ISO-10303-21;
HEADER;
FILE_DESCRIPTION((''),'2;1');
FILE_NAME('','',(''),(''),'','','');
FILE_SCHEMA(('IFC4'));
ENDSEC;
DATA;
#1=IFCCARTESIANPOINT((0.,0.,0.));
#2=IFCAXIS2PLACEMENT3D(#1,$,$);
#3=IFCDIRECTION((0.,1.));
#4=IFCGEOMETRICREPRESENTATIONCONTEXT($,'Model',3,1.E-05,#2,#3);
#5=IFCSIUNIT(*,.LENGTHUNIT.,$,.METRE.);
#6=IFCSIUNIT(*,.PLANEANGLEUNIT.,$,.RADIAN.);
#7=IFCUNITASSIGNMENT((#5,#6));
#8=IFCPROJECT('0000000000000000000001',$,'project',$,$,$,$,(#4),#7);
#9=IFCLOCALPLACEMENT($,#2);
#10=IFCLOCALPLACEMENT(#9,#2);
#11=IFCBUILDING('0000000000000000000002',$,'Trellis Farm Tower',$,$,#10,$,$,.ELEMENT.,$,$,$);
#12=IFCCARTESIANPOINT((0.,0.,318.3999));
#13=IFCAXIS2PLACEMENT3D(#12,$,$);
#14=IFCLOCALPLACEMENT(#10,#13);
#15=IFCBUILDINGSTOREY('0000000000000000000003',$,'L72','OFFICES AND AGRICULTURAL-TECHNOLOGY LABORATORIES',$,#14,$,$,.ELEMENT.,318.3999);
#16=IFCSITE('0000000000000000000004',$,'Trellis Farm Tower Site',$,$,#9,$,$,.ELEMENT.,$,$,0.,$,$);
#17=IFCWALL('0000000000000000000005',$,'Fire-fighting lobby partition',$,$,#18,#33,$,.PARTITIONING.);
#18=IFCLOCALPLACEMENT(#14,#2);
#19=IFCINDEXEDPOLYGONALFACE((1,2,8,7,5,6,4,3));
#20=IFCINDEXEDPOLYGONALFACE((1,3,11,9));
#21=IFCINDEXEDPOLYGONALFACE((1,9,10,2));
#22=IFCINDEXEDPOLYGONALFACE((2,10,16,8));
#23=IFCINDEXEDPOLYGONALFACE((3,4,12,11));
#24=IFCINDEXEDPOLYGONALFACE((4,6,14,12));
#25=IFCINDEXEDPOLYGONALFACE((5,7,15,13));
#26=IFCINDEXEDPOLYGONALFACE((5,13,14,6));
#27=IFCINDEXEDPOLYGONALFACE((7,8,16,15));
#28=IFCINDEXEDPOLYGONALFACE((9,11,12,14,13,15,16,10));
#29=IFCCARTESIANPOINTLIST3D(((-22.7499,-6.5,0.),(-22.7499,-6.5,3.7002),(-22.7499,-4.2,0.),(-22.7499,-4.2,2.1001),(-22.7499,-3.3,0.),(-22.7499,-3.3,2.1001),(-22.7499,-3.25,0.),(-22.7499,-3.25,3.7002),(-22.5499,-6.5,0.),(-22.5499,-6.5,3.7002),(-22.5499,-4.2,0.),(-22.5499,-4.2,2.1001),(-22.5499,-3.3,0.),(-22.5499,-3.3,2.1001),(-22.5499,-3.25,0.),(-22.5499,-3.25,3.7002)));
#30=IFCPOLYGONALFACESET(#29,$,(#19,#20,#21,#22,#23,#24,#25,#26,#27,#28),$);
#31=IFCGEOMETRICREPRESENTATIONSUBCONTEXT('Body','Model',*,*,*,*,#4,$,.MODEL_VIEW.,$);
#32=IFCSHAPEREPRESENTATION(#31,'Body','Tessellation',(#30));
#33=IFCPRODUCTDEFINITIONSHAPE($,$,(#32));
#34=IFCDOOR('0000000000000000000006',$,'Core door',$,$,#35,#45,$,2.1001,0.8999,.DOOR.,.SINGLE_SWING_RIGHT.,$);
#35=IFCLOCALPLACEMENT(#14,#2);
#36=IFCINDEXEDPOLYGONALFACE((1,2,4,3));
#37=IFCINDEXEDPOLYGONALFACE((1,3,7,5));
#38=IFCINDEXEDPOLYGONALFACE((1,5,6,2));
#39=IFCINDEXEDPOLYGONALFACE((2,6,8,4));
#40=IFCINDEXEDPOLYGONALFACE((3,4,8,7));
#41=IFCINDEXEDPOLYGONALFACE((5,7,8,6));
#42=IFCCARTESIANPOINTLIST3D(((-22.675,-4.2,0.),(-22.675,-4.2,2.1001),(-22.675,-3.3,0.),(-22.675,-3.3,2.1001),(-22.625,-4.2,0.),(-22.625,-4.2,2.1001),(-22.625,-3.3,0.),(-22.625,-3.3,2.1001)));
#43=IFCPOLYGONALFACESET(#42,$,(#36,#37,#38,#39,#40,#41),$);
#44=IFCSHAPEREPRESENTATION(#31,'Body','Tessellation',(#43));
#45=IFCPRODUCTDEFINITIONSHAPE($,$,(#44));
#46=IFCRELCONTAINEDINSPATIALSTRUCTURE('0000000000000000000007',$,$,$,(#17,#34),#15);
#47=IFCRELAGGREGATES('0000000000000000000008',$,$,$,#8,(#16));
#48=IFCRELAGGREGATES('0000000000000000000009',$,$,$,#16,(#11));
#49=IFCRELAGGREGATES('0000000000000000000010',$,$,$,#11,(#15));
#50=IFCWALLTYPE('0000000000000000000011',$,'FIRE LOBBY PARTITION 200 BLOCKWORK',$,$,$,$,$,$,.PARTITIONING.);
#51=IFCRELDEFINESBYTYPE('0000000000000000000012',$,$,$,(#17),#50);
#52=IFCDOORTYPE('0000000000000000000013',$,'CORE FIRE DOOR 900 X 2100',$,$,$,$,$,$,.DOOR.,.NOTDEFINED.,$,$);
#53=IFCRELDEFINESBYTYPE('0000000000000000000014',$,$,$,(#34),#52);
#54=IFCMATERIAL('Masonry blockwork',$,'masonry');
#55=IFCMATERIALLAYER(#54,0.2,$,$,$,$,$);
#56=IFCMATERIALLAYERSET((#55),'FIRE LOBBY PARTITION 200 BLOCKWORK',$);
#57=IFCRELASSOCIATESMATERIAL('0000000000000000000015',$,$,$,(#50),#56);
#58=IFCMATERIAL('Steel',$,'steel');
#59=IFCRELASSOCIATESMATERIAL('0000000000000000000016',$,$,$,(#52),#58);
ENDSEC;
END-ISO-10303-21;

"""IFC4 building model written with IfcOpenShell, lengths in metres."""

from ifc_helpers import new_model, si_unit, direction, frame, frame_2d, origin, place, context, subcontext, project, spatial, rectangle, extrude, source, transform, mapped, material, layer, layer_set, type_object, element, fill, save


model = new_model("IFC4")

# Units and contexts
model_context = context("Model", 3, precision=1e-05, world=origin(), true_north=direction((0.0, 1.0)))
body_context = subcontext(model_context, "Body", "Model", "MODEL_VIEW")
ifc_project = project(units=[si_unit("LENGTHUNIT", "METRE"), si_unit("PLANEANGLEUNIT", "RADIAN")], contexts=[model_context])

# Site, building, storey
site_placement = place(None, origin())
site = spatial("IfcSite", under=ifc_project, at=site_placement, Name="Trellis Farm Tower Site", CompositionType="ELEMENT", RefElevation=0.0)
building_placement = place(site_placement, origin())
building = spatial("IfcBuilding", under=site, at=building_placement, Name="Trellis Farm Tower", CompositionType="ELEMENT")
storey_placement = place(building_placement, frame((0.0, 0.0, 318.3999)))
storey = spatial("IfcBuildingStorey", under=building, at=storey_placement, Name="L72", Description="OFFICES AND AGRICULTURAL-TECHNOLOGY LABORATORIES", CompositionType="ELEMENT", Elevation=318.3999)

# Wall, opening, door
ifc_material_1 = material(Name="Masonry blockwork", Category="masonry")
ifc_layer_1 = layer(ifc_material_1, 0.2)
ifc_layer_set_1 = layer_set([ifc_layer_1], Name="FIRE LOBBY PARTITION 200 BLOCKWORK")
wall_type_1 = type_object("IfcWallType", Name="FIRE LOBBY PARTITION 200 BLOCKWORK", PredefinedType="PARTITIONING", material=ifc_layer_set_1)
shared_shape_1 = source(origin(), body_context, "Body", "SweptSolid", [
    extrude(rectangle(XDim=3.25, YDim=0.2, at=frame_2d((1.625, 0.0))), origin(), (0.0, 0.0, 1.0), 3.7002),
])
ifc_material_2 = material(Name="Steel", Category="steel")
wall_1_placement = place(storey_placement, frame((-22.6499, -3.25, 0.0), z_axis=(0.0, 0.0, 1.0), x_axis=(0.0, -1.0, 0.0)))
wall_1 = element("IfcWall", 1, at=wall_1_placement, inside=storey, type_object=wall_type_1, Name="Fire-fighting lobby partition", PredefinedType="PARTITIONING", context=body_context, shape_type="MappedRepresentation", body=[
    mapped(shared_shape_1, transform((0.0, 0.0, 0.0))),
])
shared_shape_2 = source(origin(), body_context, "Body", "SweptSolid", [
    extrude(rectangle(XDim=0.8999, YDim=2.1001, at=frame_2d((0.45, 1.05))), frame((0.0, 0.1101, 0.0), z_axis=(0.0, -1.0, 0.0), x_axis=(1.0, 0.0, 0.0)), (0.0, 0.0, 1.0), 0.2202),
])
opening_1_placement = place(wall_1_placement, frame((0.05, 0.0, 0.0)))
opening_1 = element("IfcOpeningElement", 2, at=opening_1_placement, cuts=wall_1, PredefinedType="OPENING", context=body_context, shape_type="MappedRepresentation", body=[
    mapped(shared_shape_2, transform((0.0, 0.0, 0.0))),
])
door_type_1 = type_object("IfcDoorType", Name="CORE FIRE DOOR 900 X 2100", OperationType="NOTDEFINED", PredefinedType="DOOR", material=ifc_material_2)
shared_shape_3 = source(origin(), body_context, "Body", "SweptSolid", [
    extrude(rectangle(XDim=0.8999, YDim=2.1001, at=frame_2d((0.45, 1.05))), frame((0.0, 0.0249, 0.0), z_axis=(0.0, -1.0, 0.0), x_axis=(1.0, 0.0, 0.0)), (0.0, 0.0, 1.0), 0.05),
])
door_1_placement = place(opening_1_placement, origin())
door_1 = element("IfcDoor", 3, at=door_1_placement, inside=storey, type_object=door_type_1, Name="Core door", OperationType="SINGLE_SWING_RIGHT", OverallHeight=2.1001, OverallWidth=0.8999, PredefinedType="DOOR", context=body_context, shape_type="MappedRepresentation", body=[
    mapped(shared_shape_3, transform((0.0, 0.0, 0.0))),
])
fill(opening_1, door_1)

save(model, "model.ifc")
